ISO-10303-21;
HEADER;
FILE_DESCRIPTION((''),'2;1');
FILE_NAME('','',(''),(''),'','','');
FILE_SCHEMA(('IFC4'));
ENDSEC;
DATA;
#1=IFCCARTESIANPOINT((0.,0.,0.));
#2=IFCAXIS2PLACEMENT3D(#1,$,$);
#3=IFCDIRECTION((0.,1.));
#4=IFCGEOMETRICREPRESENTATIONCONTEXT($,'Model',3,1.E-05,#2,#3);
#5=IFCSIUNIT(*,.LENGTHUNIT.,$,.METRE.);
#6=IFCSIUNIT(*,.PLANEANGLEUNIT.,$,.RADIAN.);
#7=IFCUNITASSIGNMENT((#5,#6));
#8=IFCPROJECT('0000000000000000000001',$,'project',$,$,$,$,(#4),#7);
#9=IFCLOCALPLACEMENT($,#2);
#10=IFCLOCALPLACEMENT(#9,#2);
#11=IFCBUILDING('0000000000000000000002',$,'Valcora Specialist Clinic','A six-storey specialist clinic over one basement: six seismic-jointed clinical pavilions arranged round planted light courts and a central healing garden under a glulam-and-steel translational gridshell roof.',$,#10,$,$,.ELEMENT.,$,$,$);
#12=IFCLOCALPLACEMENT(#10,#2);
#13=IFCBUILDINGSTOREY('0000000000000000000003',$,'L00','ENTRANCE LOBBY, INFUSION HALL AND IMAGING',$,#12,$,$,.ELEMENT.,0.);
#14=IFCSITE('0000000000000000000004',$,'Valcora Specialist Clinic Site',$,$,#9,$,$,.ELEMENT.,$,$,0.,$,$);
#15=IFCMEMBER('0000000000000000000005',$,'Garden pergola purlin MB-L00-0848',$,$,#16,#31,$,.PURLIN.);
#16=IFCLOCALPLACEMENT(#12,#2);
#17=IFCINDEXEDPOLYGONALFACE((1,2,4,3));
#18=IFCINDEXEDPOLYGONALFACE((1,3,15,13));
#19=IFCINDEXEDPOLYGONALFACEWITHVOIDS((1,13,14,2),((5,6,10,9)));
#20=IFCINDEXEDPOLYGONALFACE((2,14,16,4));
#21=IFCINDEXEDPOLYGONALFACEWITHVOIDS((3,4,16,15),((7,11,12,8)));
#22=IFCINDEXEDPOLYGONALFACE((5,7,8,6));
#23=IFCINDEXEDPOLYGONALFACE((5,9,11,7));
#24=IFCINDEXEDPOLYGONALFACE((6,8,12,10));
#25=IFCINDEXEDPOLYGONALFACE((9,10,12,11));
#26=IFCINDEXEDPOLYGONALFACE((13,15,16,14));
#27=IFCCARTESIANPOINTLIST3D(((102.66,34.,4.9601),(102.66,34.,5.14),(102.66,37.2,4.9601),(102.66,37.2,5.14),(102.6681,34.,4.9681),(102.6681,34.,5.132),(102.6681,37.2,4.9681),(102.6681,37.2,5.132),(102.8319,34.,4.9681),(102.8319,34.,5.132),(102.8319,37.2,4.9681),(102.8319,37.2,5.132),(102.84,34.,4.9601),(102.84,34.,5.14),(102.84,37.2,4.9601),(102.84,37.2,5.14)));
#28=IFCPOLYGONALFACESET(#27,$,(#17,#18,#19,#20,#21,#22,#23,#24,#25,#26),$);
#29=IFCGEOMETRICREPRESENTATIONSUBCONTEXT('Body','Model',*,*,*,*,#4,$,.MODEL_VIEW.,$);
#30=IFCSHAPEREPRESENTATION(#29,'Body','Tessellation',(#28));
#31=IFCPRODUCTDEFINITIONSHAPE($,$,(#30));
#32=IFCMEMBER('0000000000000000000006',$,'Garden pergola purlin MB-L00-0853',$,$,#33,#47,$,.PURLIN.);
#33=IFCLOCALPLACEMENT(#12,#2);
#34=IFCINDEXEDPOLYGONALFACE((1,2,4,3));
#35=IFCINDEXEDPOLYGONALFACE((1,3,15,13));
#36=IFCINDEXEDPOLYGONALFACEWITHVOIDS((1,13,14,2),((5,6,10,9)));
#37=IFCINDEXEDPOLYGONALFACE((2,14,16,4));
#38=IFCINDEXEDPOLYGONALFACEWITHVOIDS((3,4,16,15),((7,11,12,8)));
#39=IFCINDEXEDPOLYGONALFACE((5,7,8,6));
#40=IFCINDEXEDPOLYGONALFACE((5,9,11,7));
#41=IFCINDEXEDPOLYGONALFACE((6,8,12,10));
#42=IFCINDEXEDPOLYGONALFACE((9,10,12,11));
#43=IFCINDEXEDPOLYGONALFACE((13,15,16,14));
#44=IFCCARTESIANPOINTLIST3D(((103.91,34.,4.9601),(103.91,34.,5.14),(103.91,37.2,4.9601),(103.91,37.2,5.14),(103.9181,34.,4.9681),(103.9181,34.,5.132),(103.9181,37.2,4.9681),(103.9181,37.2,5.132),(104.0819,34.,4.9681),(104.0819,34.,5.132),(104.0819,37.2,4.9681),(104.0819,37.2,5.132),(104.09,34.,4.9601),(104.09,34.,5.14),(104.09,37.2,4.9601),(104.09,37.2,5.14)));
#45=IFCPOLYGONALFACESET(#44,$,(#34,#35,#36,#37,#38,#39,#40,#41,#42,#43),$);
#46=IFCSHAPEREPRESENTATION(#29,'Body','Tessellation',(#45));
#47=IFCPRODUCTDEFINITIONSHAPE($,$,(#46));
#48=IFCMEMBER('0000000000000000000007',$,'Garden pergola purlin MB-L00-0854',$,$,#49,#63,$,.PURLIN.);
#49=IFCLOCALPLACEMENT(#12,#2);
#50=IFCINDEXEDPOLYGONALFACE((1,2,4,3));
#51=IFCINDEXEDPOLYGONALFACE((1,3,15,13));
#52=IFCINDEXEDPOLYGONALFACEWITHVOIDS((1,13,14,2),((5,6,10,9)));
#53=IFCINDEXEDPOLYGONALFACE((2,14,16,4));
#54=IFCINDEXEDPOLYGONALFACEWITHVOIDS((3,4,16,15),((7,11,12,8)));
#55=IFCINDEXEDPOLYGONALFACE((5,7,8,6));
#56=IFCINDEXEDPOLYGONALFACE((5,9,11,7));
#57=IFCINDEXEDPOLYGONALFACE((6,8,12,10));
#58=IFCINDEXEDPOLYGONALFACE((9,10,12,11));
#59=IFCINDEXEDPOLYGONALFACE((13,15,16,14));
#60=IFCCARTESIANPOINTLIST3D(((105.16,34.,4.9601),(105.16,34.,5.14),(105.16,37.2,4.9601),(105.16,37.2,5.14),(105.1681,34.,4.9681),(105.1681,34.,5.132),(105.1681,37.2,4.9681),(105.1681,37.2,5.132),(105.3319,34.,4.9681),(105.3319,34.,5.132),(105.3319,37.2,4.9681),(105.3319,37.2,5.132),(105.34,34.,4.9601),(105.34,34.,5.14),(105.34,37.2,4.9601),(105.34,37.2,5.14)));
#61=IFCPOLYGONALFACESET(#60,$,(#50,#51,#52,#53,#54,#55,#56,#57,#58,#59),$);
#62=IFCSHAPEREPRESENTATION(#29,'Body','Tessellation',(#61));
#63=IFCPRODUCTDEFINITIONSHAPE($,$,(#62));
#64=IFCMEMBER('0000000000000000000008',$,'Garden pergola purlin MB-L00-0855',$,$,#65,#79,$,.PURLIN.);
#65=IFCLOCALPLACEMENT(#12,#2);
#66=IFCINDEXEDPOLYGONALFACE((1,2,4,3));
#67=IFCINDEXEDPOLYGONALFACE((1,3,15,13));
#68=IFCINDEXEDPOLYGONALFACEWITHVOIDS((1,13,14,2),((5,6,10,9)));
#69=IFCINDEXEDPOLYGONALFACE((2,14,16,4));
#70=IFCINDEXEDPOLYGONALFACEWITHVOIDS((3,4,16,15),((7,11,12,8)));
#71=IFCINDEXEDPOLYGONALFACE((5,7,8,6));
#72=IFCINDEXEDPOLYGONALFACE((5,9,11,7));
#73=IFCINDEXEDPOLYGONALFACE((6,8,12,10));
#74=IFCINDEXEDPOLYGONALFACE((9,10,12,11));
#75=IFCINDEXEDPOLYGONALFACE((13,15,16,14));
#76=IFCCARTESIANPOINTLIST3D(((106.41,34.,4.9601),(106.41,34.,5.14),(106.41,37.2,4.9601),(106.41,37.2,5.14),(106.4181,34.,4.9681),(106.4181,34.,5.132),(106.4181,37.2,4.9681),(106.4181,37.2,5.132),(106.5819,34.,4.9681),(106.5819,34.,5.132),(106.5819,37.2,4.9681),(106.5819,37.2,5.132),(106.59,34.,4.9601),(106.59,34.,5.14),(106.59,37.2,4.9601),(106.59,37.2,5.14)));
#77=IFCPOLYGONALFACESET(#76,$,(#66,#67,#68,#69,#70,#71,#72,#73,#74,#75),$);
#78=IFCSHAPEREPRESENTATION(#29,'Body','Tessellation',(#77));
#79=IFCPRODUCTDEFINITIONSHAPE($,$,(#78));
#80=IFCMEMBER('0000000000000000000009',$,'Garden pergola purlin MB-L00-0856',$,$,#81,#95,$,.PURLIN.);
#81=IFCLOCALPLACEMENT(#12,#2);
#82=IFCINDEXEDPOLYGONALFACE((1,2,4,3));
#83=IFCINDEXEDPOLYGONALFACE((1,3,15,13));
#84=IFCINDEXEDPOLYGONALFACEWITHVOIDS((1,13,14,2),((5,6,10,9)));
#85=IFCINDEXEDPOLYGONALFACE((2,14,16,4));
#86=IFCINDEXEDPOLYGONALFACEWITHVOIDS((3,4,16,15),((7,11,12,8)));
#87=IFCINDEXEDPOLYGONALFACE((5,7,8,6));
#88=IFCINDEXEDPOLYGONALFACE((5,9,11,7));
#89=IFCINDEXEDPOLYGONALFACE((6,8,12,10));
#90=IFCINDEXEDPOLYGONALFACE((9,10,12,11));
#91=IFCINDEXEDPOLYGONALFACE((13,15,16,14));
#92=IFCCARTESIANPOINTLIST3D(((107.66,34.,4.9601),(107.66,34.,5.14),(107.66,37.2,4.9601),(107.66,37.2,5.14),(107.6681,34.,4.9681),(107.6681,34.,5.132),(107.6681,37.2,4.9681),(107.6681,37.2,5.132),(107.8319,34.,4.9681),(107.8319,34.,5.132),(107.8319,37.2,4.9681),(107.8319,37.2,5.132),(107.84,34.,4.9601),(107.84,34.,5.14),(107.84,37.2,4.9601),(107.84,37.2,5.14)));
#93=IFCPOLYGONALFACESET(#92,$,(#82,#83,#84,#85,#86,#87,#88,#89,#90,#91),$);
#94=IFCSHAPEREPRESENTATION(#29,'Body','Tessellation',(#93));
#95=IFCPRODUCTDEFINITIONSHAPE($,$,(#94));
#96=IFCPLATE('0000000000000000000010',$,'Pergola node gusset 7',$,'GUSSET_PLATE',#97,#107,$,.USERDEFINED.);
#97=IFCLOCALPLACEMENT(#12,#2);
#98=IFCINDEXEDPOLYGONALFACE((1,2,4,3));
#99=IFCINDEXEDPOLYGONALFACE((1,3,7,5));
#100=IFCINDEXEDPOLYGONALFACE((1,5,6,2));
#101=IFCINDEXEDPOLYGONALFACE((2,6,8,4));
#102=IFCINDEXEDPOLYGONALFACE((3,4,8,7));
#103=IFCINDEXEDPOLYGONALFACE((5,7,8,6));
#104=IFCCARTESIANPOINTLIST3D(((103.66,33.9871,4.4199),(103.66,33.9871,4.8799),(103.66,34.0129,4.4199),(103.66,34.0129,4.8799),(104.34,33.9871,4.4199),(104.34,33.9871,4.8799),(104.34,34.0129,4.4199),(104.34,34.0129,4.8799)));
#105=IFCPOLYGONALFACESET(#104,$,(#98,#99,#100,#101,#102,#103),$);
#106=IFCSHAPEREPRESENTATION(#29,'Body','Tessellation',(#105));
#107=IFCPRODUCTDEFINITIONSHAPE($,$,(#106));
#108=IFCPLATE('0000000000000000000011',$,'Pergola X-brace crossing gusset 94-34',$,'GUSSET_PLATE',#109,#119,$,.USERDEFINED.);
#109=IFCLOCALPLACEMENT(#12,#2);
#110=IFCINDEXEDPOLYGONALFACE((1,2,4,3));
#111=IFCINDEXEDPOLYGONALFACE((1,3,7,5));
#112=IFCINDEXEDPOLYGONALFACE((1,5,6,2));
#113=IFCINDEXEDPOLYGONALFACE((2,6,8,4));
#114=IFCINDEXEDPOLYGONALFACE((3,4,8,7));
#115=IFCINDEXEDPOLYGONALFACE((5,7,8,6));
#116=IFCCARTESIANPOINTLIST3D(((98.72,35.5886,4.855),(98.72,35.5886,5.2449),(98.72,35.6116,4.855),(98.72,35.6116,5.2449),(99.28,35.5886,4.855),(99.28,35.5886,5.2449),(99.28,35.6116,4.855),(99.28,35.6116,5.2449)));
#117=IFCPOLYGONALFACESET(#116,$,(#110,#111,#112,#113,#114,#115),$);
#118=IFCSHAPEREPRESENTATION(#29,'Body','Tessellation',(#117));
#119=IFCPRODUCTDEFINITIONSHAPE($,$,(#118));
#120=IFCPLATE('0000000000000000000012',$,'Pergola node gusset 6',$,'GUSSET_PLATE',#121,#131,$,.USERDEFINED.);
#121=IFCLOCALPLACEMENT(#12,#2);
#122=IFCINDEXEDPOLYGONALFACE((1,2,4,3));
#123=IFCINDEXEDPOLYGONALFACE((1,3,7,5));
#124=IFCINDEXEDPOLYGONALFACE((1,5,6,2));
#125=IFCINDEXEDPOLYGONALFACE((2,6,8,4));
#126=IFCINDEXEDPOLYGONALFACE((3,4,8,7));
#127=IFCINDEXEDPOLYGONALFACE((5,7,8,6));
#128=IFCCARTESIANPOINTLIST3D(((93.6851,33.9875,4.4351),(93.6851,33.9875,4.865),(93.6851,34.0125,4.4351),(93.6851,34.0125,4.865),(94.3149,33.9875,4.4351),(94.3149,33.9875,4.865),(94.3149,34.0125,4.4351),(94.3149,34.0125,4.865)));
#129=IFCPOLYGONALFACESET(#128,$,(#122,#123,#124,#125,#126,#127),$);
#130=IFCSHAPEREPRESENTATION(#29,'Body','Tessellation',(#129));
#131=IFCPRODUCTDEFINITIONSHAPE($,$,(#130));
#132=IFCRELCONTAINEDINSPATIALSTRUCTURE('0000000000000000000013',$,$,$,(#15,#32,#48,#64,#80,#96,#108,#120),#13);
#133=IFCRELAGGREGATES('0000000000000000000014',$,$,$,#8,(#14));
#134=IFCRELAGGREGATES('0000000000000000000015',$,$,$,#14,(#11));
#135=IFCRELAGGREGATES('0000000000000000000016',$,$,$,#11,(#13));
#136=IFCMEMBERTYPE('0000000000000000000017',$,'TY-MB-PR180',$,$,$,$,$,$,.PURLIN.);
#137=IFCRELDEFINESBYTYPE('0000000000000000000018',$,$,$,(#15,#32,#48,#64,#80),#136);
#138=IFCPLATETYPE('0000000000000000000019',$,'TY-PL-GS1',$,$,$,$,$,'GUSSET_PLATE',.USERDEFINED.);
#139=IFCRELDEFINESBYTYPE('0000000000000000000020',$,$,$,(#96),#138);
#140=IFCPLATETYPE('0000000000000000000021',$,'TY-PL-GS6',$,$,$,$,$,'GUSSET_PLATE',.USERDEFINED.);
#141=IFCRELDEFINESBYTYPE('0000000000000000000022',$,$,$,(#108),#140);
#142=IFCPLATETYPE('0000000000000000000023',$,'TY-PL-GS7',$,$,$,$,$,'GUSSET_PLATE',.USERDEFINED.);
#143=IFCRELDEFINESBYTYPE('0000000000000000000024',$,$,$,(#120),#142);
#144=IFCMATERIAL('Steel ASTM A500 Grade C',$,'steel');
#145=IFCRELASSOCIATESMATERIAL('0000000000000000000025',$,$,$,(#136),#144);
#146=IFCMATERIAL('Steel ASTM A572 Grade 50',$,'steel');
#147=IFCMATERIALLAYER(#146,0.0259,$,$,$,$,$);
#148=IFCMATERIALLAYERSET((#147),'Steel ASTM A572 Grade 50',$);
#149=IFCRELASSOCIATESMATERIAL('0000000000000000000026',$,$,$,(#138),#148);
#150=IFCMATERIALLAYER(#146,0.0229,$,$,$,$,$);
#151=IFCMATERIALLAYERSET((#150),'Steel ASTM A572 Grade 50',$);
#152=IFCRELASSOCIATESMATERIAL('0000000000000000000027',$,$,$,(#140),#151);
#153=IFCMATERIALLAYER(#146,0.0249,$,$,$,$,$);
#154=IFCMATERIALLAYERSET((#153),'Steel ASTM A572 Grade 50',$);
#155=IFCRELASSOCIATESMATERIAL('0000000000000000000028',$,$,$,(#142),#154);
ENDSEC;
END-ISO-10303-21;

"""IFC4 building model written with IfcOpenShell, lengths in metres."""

from ifc_helpers import new_model, si_unit, direction, frame, origin, origin_2d, place, context, subcontext, project, spatial, rectangle, hollow_rectangle, extrude, material, layer, layer_set, material_profile, profile_set, type_object, element, save


model = new_model("IFC4")

# Units and contexts
model_context = context("Model", 3, precision=1e-05, world=origin(), true_north=direction((0.0, 1.0)))
body_context = subcontext(model_context, "Body", "Model", "MODEL_VIEW")
ifc_project = project(units=[si_unit("LENGTHUNIT", "METRE"), si_unit("PLANEANGLEUNIT", "RADIAN")], contexts=[model_context])

# Site, building, storey
site_placement = place(None, origin())
site = spatial("IfcSite", under=ifc_project, at=site_placement, Name="Valcora Specialist Clinic Site", CompositionType="ELEMENT", RefElevation=0.0)
building_placement = place(site_placement, origin())
building = spatial("IfcBuilding", under=site, at=building_placement, Name="Valcora Specialist Clinic", Description="A six-storey specialist clinic over one basement: six seismic-jointed clinical pavilions arranged round planted light courts and a central healing garden under a glulam-and-steel translational gridshell roof.", CompositionType="ELEMENT")
storey_placement = place(building_placement, origin())
storey = spatial("IfcBuildingStorey", under=building, at=storey_placement, Name="L00", Description="ENTRANCE LOBBY, INFUSION HALL AND IMAGING", CompositionType="ELEMENT", Elevation=0.0)

# Members
ifc_material_1 = material(Name="Steel ASTM A500 Grade C", Category="steel")
ifc_material_profile_1 = material_profile(ifc_material_1, hollow_rectangle(XDim=0.1799, YDim=0.1799, WallThickness=0.0081, at=origin_2d()), Name="ST-RHS-180X180X8")
ifc_profile_set_1 = profile_set([ifc_material_profile_1], Name="Steel ASTM A500 Grade C")
member_type_1 = type_object("IfcMemberType", Name="TY-MB-PR180", PredefinedType="PURLIN", material=ifc_profile_set_1)
for number, where, z_axis, x_axis, name in (
    (1, (102.75, 34.0, 5.05), (0.0, 1.0, 0.0), (-1.0, 0.0, 0.0), "Garden pergola purlin MB-L00-0848"),
    (2, (104.0, 34.0, 5.05), (0.0, 1.0, 0.0), (-1.0, 0.0, 0.0), "Garden pergola purlin MB-L00-0853"),
    (3, (105.25, 34.0, 5.05), (0.0, 1.0, 0.0), (-1.0, 0.0, 0.0), "Garden pergola purlin MB-L00-0854"),
    (4, (106.5, 34.0, 5.05), (0.0, 1.0, 0.0), (-1.0, 0.0, 0.0), "Garden pergola purlin MB-L00-0855"),
    (5, (107.75, 34.0, 5.05), (0.0, 1.0, 0.0), (-1.0, 0.0, 0.0), "Garden pergola purlin MB-L00-0856"),
):
    element("IfcMember", number, at=place(storey_placement, frame(where, z_axis=z_axis, x_axis=x_axis)), inside=storey, type_object=member_type_1, Name=name, PredefinedType="PURLIN", context=body_context, shape_type="SweptSolid", body=[
        extrude(hollow_rectangle(XDim=0.1799, YDim=0.1799, WallThickness=0.0081, at=origin_2d()), origin(), (0.0, 0.0, 1.0), 3.2),
    ])

# Plates
ifc_material_2 = material(Name="Steel ASTM A572 Grade 50", Category="steel")
ifc_layer_1 = layer(ifc_material_2, 0.0259)
ifc_layer_set_1 = layer_set([ifc_layer_1], Name="Steel ASTM A572 Grade 50")
plate_type_1 = type_object("IfcPlateType", Name="TY-PL-GS1", ElementType="GUSSET_PLATE", PredefinedType="USERDEFINED", material=ifc_layer_set_1)
plate_1_placement = place(storey_placement, frame((104.0, 34.0, 4.4199), z_axis=(0.0, 0.0, 1.0), x_axis=(1.0, 0.0, 0.0)))
element("IfcPlate", 6, at=plate_1_placement, inside=storey, type_object=plate_type_1, Name="Pergola node gusset 7", ObjectType="GUSSET_PLATE", PredefinedType="USERDEFINED", context=body_context, shape_type="SweptSolid", body=[
    extrude(rectangle(XDim=0.6799, YDim=0.0259, at=origin_2d()), origin(), (0.0, 0.0, 1.0), 0.46),
])
ifc_layer_2 = layer(ifc_material_2, 0.0229)
ifc_layer_set_2 = layer_set([ifc_layer_2], Name="Steel ASTM A572 Grade 50")
plate_type_2 = type_object("IfcPlateType", Name="TY-PL-GS6", ElementType="GUSSET_PLATE", PredefinedType="USERDEFINED", material=ifc_layer_set_2)
plate_2_placement = place(storey_placement, frame((99.0, 35.6001, 4.855), z_axis=(0.0, 0.0, 1.0), x_axis=(1.0, 0.0, 0.0)))
element("IfcPlate", 7, at=plate_2_placement, inside=storey, type_object=plate_type_2, Name="Pergola X-brace crossing gusset 94-34", ObjectType="GUSSET_PLATE", PredefinedType="USERDEFINED", context=body_context, shape_type="SweptSolid", body=[
    extrude(rectangle(XDim=0.5601, YDim=0.0229, at=origin_2d()), origin(), (0.0, 0.0, 1.0), 0.3899),
])
ifc_layer_3 = layer(ifc_material_2, 0.0249)
ifc_layer_set_3 = layer_set([ifc_layer_3], Name="Steel ASTM A572 Grade 50")
plate_type_3 = type_object("IfcPlateType", Name="TY-PL-GS7", ElementType="GUSSET_PLATE", PredefinedType="USERDEFINED", material=ifc_layer_set_3)
plate_3_placement = place(storey_placement, frame((94.0, 34.0, 4.4351), z_axis=(0.0, 0.0, 1.0), x_axis=(1.0, 0.0, 0.0)))
element("IfcPlate", 8, at=plate_3_placement, inside=storey, type_object=plate_type_3, Name="Pergola node gusset 6", ObjectType="GUSSET_PLATE", PredefinedType="USERDEFINED", context=body_context, shape_type="SweptSolid", body=[
    extrude(rectangle(XDim=0.6299, YDim=0.0249, at=origin_2d()), origin(), (0.0, 0.0, 1.0), 0.4299),
])

save(model, "model.ifc")
